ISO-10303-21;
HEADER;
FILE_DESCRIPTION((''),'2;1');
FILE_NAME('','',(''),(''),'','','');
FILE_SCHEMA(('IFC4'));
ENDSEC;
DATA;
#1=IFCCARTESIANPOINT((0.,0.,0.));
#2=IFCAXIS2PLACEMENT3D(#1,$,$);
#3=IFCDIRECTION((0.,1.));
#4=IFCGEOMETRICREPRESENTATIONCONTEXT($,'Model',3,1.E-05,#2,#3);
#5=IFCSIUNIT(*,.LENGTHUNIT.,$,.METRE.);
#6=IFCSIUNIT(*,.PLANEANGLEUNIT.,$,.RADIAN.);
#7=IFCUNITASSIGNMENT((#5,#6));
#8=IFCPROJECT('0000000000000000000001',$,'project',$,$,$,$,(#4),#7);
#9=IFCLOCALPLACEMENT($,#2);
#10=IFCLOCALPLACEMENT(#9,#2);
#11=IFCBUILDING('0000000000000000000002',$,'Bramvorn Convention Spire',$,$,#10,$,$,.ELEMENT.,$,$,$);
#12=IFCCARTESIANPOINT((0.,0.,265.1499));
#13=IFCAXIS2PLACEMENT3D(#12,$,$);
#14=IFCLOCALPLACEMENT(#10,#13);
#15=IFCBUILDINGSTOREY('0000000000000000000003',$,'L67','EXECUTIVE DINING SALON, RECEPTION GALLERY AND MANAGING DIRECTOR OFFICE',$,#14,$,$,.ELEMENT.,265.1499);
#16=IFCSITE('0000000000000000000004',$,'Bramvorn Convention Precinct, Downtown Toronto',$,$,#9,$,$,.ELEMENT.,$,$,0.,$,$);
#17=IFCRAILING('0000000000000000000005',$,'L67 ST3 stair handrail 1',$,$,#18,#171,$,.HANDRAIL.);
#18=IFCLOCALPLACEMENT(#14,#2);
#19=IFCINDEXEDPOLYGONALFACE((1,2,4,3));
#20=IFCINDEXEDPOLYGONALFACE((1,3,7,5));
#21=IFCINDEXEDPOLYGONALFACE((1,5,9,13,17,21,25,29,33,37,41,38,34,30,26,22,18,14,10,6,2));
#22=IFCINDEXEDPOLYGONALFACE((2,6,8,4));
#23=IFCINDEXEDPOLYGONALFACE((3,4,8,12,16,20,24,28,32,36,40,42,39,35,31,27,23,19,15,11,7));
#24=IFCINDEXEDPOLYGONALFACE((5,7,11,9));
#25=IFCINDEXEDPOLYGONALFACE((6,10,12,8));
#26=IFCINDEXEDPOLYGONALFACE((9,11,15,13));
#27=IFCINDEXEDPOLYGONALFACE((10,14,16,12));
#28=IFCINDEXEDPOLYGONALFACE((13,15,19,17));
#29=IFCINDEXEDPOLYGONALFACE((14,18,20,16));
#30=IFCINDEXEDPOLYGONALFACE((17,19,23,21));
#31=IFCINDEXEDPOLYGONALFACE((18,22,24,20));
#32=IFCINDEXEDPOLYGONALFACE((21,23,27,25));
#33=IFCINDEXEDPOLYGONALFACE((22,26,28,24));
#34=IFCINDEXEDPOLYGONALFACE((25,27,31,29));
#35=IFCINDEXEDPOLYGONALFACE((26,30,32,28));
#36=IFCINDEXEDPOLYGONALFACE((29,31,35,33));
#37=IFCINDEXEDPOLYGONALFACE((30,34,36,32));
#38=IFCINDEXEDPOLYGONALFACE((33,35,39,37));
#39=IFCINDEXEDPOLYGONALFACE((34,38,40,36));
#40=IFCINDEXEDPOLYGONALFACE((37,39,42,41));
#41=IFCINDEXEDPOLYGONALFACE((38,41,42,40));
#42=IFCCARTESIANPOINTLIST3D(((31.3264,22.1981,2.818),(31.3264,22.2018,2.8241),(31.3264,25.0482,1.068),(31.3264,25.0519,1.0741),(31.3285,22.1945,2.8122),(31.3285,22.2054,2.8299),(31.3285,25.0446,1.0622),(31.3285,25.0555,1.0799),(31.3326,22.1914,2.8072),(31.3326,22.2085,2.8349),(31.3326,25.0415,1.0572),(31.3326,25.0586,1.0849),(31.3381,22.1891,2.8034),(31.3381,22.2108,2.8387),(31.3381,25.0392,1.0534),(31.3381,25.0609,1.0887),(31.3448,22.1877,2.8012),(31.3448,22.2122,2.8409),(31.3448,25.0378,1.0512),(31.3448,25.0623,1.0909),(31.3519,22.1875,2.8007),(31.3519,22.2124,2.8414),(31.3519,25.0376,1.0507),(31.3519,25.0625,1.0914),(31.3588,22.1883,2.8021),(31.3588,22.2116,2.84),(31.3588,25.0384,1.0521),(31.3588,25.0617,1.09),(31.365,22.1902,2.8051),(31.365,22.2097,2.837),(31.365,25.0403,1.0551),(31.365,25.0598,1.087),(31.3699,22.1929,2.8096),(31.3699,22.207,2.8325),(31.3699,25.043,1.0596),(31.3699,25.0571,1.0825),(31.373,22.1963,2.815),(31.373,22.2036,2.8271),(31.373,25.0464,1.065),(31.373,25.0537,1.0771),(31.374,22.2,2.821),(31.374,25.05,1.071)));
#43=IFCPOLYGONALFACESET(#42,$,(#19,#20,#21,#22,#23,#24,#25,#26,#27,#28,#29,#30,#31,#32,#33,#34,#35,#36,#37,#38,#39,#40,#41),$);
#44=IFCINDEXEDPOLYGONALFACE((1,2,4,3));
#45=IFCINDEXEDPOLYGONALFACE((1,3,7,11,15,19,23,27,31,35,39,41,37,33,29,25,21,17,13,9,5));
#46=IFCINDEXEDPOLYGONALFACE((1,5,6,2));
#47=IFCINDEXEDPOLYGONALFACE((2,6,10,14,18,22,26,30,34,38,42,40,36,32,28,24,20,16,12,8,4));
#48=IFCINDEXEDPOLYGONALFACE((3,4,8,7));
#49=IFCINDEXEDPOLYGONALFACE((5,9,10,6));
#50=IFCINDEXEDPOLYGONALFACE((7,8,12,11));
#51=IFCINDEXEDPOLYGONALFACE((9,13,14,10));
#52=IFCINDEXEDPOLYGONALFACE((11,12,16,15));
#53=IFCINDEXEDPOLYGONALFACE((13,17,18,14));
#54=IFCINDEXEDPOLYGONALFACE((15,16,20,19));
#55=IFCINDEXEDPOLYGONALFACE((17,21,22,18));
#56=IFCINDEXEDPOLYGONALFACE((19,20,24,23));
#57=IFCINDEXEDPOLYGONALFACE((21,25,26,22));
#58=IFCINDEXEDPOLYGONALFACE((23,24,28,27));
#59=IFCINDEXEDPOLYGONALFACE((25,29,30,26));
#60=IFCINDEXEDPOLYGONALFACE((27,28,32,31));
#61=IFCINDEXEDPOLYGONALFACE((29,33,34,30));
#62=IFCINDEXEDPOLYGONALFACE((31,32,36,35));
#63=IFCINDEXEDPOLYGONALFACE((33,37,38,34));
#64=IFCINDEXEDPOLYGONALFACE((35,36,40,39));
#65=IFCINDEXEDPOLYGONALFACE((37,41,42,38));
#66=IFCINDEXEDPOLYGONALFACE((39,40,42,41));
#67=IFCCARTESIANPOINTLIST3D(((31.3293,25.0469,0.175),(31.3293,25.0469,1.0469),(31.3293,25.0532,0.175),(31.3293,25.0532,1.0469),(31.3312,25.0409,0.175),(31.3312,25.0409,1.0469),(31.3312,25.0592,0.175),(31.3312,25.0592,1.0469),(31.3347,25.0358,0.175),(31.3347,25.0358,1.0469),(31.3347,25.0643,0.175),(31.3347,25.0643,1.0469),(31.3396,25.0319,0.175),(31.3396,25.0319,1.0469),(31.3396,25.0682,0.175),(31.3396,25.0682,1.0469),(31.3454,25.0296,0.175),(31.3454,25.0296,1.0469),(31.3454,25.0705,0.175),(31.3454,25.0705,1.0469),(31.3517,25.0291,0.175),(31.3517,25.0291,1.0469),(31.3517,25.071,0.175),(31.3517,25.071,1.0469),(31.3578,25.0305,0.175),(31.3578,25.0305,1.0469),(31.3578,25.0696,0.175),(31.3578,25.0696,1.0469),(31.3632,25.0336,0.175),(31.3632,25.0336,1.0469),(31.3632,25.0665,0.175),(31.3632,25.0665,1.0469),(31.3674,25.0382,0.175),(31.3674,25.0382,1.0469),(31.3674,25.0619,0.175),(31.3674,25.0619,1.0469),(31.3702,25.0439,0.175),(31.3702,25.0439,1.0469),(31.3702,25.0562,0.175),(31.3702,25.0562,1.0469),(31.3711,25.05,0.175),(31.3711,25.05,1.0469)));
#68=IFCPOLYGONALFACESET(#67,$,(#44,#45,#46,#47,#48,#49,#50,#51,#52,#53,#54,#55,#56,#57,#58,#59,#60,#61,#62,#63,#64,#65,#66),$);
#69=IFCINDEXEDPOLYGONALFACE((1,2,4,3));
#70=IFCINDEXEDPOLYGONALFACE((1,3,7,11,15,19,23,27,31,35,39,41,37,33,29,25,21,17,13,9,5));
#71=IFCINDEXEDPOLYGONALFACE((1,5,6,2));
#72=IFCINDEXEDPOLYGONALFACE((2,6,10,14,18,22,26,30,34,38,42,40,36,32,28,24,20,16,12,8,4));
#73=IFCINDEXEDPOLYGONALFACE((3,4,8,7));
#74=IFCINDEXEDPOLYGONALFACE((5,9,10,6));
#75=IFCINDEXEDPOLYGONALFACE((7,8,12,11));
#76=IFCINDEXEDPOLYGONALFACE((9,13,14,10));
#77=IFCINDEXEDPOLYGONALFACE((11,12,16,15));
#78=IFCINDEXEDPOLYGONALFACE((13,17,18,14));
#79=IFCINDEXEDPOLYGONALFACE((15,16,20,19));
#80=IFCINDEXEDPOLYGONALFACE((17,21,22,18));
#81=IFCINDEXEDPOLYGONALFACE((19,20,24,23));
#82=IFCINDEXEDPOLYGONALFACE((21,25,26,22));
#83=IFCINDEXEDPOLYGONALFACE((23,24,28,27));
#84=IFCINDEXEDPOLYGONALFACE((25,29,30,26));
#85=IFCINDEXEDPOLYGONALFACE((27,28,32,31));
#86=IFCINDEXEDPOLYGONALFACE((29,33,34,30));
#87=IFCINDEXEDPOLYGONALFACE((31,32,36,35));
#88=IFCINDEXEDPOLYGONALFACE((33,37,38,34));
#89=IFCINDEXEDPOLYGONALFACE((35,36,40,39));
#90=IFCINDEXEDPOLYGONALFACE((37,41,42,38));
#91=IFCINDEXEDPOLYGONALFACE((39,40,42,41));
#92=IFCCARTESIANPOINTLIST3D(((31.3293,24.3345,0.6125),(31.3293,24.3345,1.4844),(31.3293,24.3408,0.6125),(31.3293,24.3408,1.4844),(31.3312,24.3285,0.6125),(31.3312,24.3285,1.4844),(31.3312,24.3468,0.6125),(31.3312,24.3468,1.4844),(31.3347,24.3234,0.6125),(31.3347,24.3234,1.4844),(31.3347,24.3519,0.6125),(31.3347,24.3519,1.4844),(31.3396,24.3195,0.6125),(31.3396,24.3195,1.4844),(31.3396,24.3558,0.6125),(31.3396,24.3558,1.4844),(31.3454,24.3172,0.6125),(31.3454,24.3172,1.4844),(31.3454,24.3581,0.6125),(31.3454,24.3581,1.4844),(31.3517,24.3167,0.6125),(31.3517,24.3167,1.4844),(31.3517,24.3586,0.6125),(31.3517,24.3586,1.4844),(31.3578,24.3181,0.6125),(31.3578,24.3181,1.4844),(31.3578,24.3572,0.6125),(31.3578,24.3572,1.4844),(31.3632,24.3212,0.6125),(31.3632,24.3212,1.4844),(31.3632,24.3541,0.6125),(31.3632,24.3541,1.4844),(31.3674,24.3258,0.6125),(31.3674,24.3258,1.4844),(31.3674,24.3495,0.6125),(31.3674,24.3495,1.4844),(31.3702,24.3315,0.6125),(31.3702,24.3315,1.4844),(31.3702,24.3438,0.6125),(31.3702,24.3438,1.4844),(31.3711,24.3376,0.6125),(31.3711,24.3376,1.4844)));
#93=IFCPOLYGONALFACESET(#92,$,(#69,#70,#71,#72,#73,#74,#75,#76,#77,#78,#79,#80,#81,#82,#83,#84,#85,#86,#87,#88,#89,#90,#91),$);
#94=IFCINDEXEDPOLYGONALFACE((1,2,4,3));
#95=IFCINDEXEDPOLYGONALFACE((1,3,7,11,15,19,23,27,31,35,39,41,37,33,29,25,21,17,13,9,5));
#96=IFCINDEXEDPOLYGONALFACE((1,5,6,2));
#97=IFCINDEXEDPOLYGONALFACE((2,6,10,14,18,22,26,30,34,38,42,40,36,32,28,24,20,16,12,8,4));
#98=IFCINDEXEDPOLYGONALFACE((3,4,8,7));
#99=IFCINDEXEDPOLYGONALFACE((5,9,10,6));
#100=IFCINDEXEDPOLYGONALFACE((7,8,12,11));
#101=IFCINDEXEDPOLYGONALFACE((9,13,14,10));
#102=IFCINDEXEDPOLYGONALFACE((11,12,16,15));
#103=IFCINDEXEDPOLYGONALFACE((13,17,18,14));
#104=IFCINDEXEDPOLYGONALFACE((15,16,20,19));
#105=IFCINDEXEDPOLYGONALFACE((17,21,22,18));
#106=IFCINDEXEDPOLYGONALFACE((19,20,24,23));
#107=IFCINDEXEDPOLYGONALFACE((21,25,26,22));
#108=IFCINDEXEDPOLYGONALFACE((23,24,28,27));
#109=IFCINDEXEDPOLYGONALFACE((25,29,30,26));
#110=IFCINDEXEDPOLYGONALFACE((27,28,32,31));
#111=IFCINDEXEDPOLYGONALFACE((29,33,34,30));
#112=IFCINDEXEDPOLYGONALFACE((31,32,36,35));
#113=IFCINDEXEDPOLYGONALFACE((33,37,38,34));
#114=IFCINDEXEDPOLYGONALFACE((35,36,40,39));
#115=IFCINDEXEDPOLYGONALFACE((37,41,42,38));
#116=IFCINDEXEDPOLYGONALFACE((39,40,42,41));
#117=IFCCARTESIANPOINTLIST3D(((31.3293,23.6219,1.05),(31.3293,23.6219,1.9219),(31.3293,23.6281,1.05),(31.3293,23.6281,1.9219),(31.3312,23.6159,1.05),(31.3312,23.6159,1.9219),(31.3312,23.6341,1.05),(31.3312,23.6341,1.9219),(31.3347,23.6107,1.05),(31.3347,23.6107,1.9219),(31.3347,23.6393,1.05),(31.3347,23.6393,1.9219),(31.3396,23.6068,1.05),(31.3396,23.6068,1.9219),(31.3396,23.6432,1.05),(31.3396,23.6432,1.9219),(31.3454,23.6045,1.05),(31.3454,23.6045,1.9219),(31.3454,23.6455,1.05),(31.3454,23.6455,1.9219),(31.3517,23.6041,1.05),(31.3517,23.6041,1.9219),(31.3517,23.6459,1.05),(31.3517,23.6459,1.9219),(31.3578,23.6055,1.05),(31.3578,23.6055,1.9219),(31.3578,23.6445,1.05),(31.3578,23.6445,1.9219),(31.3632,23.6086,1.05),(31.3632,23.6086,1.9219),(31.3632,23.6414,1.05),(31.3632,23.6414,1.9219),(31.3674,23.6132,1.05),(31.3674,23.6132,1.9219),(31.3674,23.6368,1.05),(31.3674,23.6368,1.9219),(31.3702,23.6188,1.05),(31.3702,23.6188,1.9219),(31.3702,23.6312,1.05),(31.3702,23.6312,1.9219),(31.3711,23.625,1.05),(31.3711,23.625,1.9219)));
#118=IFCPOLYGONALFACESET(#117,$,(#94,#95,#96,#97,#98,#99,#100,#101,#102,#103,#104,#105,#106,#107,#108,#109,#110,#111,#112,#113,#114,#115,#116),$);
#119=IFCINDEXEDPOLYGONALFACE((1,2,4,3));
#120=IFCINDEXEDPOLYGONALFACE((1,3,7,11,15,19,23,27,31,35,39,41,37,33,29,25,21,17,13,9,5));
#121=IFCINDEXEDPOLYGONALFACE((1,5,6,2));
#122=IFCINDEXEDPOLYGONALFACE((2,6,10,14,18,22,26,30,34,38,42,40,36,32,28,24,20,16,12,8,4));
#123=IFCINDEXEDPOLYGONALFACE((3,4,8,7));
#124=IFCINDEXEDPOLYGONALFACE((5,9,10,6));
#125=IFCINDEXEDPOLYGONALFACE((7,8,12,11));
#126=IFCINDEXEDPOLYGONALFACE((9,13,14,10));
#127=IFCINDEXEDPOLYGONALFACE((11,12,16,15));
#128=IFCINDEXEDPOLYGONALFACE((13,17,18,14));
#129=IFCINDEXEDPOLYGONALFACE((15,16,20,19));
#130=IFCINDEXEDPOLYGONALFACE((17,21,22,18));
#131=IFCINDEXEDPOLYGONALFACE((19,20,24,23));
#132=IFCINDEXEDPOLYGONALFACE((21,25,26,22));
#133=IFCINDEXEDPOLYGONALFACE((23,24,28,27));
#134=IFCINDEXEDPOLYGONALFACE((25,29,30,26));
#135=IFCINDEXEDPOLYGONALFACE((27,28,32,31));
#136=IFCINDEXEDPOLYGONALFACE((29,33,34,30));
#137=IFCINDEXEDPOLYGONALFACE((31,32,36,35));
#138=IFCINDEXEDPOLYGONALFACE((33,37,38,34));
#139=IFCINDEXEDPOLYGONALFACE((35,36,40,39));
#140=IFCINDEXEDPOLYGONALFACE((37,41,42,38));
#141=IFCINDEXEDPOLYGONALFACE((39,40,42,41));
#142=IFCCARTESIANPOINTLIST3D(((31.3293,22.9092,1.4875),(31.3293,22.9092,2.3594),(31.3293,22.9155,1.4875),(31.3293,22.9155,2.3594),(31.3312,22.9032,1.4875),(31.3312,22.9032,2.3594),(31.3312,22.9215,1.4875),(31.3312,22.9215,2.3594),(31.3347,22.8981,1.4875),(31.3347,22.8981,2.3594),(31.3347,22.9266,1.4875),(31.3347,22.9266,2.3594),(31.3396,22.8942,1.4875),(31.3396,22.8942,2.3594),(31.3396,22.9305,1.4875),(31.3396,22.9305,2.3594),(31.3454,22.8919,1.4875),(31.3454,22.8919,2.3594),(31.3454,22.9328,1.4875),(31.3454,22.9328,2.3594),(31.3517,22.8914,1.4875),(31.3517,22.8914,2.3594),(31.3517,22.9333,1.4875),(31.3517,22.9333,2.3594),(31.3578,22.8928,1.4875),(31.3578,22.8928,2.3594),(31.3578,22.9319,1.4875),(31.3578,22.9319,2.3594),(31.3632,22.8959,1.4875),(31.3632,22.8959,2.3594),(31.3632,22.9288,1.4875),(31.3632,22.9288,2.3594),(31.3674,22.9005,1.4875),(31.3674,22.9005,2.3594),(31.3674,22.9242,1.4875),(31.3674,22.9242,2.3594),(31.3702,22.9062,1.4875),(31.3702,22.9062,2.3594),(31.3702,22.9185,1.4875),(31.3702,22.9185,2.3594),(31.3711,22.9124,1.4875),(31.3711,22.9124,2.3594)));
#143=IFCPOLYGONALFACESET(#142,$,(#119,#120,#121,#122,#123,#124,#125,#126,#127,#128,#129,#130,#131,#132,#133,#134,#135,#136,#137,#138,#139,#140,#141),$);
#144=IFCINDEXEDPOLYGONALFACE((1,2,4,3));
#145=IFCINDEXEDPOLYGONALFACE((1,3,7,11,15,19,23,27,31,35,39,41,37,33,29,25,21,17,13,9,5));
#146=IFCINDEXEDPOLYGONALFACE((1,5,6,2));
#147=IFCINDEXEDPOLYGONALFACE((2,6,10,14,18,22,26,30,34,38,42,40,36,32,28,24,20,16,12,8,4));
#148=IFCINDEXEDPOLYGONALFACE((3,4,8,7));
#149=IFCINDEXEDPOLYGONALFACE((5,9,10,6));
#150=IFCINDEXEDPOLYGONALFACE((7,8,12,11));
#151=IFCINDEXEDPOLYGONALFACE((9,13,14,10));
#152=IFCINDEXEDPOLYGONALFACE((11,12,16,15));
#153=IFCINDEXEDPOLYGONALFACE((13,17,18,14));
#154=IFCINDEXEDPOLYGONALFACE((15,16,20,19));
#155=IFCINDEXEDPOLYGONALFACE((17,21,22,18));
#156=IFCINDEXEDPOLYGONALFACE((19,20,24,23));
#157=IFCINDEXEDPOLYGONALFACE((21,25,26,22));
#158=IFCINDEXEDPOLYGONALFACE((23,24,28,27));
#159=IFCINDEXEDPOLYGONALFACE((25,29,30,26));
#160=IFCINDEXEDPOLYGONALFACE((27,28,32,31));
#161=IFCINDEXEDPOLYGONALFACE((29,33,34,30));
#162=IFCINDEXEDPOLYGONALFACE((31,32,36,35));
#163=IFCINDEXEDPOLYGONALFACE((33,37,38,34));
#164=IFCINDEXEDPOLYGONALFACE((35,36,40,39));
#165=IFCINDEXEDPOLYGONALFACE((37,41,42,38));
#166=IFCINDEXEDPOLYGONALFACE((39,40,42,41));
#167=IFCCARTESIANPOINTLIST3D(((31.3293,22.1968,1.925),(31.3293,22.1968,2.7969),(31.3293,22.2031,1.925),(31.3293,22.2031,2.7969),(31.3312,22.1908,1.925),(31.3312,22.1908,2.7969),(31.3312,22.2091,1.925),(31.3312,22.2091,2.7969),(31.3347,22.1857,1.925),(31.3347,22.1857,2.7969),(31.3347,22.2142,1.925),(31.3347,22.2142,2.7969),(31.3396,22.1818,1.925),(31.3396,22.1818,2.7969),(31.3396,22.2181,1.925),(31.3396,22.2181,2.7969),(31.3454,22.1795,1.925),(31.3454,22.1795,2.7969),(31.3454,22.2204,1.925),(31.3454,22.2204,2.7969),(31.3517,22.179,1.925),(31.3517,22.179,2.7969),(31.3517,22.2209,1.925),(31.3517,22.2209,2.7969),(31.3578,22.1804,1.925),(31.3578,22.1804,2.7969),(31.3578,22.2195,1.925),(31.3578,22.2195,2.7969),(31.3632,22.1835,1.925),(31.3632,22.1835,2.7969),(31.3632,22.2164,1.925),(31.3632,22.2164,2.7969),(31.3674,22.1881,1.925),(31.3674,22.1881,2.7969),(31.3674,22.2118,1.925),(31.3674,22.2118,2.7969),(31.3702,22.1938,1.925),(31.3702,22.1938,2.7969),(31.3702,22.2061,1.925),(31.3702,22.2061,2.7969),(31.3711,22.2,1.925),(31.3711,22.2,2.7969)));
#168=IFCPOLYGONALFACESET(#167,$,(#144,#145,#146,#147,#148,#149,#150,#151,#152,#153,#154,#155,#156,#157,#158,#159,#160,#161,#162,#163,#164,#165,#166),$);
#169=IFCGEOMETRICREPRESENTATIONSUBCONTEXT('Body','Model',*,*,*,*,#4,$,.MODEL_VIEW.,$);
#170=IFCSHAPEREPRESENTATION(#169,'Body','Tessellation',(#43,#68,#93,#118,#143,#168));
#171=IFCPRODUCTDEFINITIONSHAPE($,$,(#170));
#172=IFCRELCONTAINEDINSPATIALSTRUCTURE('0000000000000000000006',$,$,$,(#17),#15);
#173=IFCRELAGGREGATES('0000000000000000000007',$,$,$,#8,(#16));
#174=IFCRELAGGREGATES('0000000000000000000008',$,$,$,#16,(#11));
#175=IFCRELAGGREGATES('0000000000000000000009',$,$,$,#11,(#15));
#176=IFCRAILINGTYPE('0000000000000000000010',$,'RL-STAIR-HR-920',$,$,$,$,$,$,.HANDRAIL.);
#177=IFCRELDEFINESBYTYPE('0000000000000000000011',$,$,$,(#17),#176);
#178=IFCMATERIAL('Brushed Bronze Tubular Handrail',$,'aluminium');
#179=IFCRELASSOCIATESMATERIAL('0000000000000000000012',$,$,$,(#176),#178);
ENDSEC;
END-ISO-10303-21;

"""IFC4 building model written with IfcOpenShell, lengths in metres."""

from ifc_helpers import new_model, si_unit, direction, frame, origin, origin_2d, place, context, subcontext, project, spatial, circle, extrude, material, type_object, element, save


model = new_model("IFC4")

# Units and contexts
model_context = context("Model", 3, precision=1e-05, world=origin(), true_north=direction((0.0, 1.0)))
body_context = subcontext(model_context, "Body", "Model", "MODEL_VIEW")
ifc_project = project(units=[si_unit("LENGTHUNIT", "METRE"), si_unit("PLANEANGLEUNIT", "RADIAN")], contexts=[model_context])

# Site, building, storey
site_placement = place(None, origin())
site = spatial("IfcSite", under=ifc_project, at=site_placement, Name="Bramvorn Convention Precinct, Downtown Toronto", CompositionType="ELEMENT", RefElevation=0.0)
building_placement = place(site_placement, origin())
building = spatial("IfcBuilding", under=site, at=building_placement, Name="Bramvorn Convention Spire", CompositionType="ELEMENT")
storey_placement = place(building_placement, frame((0.0, 0.0, 265.1499)))
storey = spatial("IfcBuildingStorey", under=building, at=storey_placement, Name="L67", Description="EXECUTIVE DINING SALON, RECEPTION GALLERY AND MANAGING DIRECTOR OFFICE", CompositionType="ELEMENT", Elevation=265.1499)

# Railing
ifc_material_1 = material(Name="Brushed Bronze Tubular Handrail", Category="aluminium")
railing_type_1 = type_object("IfcRailingType", Name="RL-STAIR-HR-920", PredefinedType="HANDRAIL", material=ifc_material_1)
railing_1_placement = place(storey_placement, frame((31.3501, 25.05, 0.175)))
element("IfcRailing", 1, at=railing_1_placement, inside=storey, type_object=railing_type_1, Name="L67 ST3 stair handrail 1", PredefinedType="HANDRAIL", context=body_context, shape_type="SweptSolid", body=[
    extrude(circle(Radius=0.0239, at=origin_2d()), frame((0.0, 0.0, 0.896), z_axis=(0.0, -0.852179, 0.52325), x_axis=(1.0, 0.0, 0.0)), (0.0, 0.0, 1.0), 3.3445),
    extrude(circle(Radius=0.021, at=origin_2d()), origin(), (0.0, 0.0, 1.0), 0.8718),
    extrude(circle(Radius=0.021, at=origin_2d()), frame((0.0, -0.7124, 0.4375)), (0.0, 0.0, 1.0), 0.8718),
    extrude(circle(Radius=0.021, at=origin_2d()), frame((0.0, -1.425, 0.875)), (0.0, 0.0, 1.0), 0.8718),
    extrude(circle(Radius=0.021, at=origin_2d()), frame((0.0, -2.1377, 1.3125)), (0.0, 0.0, 1.0), 0.8718),
    extrude(circle(Radius=0.021, at=origin_2d()), frame((0.0, -2.8501, 1.75)), (0.0, 0.0, 1.0), 0.8718),
])

save(model, "model.ifc")
